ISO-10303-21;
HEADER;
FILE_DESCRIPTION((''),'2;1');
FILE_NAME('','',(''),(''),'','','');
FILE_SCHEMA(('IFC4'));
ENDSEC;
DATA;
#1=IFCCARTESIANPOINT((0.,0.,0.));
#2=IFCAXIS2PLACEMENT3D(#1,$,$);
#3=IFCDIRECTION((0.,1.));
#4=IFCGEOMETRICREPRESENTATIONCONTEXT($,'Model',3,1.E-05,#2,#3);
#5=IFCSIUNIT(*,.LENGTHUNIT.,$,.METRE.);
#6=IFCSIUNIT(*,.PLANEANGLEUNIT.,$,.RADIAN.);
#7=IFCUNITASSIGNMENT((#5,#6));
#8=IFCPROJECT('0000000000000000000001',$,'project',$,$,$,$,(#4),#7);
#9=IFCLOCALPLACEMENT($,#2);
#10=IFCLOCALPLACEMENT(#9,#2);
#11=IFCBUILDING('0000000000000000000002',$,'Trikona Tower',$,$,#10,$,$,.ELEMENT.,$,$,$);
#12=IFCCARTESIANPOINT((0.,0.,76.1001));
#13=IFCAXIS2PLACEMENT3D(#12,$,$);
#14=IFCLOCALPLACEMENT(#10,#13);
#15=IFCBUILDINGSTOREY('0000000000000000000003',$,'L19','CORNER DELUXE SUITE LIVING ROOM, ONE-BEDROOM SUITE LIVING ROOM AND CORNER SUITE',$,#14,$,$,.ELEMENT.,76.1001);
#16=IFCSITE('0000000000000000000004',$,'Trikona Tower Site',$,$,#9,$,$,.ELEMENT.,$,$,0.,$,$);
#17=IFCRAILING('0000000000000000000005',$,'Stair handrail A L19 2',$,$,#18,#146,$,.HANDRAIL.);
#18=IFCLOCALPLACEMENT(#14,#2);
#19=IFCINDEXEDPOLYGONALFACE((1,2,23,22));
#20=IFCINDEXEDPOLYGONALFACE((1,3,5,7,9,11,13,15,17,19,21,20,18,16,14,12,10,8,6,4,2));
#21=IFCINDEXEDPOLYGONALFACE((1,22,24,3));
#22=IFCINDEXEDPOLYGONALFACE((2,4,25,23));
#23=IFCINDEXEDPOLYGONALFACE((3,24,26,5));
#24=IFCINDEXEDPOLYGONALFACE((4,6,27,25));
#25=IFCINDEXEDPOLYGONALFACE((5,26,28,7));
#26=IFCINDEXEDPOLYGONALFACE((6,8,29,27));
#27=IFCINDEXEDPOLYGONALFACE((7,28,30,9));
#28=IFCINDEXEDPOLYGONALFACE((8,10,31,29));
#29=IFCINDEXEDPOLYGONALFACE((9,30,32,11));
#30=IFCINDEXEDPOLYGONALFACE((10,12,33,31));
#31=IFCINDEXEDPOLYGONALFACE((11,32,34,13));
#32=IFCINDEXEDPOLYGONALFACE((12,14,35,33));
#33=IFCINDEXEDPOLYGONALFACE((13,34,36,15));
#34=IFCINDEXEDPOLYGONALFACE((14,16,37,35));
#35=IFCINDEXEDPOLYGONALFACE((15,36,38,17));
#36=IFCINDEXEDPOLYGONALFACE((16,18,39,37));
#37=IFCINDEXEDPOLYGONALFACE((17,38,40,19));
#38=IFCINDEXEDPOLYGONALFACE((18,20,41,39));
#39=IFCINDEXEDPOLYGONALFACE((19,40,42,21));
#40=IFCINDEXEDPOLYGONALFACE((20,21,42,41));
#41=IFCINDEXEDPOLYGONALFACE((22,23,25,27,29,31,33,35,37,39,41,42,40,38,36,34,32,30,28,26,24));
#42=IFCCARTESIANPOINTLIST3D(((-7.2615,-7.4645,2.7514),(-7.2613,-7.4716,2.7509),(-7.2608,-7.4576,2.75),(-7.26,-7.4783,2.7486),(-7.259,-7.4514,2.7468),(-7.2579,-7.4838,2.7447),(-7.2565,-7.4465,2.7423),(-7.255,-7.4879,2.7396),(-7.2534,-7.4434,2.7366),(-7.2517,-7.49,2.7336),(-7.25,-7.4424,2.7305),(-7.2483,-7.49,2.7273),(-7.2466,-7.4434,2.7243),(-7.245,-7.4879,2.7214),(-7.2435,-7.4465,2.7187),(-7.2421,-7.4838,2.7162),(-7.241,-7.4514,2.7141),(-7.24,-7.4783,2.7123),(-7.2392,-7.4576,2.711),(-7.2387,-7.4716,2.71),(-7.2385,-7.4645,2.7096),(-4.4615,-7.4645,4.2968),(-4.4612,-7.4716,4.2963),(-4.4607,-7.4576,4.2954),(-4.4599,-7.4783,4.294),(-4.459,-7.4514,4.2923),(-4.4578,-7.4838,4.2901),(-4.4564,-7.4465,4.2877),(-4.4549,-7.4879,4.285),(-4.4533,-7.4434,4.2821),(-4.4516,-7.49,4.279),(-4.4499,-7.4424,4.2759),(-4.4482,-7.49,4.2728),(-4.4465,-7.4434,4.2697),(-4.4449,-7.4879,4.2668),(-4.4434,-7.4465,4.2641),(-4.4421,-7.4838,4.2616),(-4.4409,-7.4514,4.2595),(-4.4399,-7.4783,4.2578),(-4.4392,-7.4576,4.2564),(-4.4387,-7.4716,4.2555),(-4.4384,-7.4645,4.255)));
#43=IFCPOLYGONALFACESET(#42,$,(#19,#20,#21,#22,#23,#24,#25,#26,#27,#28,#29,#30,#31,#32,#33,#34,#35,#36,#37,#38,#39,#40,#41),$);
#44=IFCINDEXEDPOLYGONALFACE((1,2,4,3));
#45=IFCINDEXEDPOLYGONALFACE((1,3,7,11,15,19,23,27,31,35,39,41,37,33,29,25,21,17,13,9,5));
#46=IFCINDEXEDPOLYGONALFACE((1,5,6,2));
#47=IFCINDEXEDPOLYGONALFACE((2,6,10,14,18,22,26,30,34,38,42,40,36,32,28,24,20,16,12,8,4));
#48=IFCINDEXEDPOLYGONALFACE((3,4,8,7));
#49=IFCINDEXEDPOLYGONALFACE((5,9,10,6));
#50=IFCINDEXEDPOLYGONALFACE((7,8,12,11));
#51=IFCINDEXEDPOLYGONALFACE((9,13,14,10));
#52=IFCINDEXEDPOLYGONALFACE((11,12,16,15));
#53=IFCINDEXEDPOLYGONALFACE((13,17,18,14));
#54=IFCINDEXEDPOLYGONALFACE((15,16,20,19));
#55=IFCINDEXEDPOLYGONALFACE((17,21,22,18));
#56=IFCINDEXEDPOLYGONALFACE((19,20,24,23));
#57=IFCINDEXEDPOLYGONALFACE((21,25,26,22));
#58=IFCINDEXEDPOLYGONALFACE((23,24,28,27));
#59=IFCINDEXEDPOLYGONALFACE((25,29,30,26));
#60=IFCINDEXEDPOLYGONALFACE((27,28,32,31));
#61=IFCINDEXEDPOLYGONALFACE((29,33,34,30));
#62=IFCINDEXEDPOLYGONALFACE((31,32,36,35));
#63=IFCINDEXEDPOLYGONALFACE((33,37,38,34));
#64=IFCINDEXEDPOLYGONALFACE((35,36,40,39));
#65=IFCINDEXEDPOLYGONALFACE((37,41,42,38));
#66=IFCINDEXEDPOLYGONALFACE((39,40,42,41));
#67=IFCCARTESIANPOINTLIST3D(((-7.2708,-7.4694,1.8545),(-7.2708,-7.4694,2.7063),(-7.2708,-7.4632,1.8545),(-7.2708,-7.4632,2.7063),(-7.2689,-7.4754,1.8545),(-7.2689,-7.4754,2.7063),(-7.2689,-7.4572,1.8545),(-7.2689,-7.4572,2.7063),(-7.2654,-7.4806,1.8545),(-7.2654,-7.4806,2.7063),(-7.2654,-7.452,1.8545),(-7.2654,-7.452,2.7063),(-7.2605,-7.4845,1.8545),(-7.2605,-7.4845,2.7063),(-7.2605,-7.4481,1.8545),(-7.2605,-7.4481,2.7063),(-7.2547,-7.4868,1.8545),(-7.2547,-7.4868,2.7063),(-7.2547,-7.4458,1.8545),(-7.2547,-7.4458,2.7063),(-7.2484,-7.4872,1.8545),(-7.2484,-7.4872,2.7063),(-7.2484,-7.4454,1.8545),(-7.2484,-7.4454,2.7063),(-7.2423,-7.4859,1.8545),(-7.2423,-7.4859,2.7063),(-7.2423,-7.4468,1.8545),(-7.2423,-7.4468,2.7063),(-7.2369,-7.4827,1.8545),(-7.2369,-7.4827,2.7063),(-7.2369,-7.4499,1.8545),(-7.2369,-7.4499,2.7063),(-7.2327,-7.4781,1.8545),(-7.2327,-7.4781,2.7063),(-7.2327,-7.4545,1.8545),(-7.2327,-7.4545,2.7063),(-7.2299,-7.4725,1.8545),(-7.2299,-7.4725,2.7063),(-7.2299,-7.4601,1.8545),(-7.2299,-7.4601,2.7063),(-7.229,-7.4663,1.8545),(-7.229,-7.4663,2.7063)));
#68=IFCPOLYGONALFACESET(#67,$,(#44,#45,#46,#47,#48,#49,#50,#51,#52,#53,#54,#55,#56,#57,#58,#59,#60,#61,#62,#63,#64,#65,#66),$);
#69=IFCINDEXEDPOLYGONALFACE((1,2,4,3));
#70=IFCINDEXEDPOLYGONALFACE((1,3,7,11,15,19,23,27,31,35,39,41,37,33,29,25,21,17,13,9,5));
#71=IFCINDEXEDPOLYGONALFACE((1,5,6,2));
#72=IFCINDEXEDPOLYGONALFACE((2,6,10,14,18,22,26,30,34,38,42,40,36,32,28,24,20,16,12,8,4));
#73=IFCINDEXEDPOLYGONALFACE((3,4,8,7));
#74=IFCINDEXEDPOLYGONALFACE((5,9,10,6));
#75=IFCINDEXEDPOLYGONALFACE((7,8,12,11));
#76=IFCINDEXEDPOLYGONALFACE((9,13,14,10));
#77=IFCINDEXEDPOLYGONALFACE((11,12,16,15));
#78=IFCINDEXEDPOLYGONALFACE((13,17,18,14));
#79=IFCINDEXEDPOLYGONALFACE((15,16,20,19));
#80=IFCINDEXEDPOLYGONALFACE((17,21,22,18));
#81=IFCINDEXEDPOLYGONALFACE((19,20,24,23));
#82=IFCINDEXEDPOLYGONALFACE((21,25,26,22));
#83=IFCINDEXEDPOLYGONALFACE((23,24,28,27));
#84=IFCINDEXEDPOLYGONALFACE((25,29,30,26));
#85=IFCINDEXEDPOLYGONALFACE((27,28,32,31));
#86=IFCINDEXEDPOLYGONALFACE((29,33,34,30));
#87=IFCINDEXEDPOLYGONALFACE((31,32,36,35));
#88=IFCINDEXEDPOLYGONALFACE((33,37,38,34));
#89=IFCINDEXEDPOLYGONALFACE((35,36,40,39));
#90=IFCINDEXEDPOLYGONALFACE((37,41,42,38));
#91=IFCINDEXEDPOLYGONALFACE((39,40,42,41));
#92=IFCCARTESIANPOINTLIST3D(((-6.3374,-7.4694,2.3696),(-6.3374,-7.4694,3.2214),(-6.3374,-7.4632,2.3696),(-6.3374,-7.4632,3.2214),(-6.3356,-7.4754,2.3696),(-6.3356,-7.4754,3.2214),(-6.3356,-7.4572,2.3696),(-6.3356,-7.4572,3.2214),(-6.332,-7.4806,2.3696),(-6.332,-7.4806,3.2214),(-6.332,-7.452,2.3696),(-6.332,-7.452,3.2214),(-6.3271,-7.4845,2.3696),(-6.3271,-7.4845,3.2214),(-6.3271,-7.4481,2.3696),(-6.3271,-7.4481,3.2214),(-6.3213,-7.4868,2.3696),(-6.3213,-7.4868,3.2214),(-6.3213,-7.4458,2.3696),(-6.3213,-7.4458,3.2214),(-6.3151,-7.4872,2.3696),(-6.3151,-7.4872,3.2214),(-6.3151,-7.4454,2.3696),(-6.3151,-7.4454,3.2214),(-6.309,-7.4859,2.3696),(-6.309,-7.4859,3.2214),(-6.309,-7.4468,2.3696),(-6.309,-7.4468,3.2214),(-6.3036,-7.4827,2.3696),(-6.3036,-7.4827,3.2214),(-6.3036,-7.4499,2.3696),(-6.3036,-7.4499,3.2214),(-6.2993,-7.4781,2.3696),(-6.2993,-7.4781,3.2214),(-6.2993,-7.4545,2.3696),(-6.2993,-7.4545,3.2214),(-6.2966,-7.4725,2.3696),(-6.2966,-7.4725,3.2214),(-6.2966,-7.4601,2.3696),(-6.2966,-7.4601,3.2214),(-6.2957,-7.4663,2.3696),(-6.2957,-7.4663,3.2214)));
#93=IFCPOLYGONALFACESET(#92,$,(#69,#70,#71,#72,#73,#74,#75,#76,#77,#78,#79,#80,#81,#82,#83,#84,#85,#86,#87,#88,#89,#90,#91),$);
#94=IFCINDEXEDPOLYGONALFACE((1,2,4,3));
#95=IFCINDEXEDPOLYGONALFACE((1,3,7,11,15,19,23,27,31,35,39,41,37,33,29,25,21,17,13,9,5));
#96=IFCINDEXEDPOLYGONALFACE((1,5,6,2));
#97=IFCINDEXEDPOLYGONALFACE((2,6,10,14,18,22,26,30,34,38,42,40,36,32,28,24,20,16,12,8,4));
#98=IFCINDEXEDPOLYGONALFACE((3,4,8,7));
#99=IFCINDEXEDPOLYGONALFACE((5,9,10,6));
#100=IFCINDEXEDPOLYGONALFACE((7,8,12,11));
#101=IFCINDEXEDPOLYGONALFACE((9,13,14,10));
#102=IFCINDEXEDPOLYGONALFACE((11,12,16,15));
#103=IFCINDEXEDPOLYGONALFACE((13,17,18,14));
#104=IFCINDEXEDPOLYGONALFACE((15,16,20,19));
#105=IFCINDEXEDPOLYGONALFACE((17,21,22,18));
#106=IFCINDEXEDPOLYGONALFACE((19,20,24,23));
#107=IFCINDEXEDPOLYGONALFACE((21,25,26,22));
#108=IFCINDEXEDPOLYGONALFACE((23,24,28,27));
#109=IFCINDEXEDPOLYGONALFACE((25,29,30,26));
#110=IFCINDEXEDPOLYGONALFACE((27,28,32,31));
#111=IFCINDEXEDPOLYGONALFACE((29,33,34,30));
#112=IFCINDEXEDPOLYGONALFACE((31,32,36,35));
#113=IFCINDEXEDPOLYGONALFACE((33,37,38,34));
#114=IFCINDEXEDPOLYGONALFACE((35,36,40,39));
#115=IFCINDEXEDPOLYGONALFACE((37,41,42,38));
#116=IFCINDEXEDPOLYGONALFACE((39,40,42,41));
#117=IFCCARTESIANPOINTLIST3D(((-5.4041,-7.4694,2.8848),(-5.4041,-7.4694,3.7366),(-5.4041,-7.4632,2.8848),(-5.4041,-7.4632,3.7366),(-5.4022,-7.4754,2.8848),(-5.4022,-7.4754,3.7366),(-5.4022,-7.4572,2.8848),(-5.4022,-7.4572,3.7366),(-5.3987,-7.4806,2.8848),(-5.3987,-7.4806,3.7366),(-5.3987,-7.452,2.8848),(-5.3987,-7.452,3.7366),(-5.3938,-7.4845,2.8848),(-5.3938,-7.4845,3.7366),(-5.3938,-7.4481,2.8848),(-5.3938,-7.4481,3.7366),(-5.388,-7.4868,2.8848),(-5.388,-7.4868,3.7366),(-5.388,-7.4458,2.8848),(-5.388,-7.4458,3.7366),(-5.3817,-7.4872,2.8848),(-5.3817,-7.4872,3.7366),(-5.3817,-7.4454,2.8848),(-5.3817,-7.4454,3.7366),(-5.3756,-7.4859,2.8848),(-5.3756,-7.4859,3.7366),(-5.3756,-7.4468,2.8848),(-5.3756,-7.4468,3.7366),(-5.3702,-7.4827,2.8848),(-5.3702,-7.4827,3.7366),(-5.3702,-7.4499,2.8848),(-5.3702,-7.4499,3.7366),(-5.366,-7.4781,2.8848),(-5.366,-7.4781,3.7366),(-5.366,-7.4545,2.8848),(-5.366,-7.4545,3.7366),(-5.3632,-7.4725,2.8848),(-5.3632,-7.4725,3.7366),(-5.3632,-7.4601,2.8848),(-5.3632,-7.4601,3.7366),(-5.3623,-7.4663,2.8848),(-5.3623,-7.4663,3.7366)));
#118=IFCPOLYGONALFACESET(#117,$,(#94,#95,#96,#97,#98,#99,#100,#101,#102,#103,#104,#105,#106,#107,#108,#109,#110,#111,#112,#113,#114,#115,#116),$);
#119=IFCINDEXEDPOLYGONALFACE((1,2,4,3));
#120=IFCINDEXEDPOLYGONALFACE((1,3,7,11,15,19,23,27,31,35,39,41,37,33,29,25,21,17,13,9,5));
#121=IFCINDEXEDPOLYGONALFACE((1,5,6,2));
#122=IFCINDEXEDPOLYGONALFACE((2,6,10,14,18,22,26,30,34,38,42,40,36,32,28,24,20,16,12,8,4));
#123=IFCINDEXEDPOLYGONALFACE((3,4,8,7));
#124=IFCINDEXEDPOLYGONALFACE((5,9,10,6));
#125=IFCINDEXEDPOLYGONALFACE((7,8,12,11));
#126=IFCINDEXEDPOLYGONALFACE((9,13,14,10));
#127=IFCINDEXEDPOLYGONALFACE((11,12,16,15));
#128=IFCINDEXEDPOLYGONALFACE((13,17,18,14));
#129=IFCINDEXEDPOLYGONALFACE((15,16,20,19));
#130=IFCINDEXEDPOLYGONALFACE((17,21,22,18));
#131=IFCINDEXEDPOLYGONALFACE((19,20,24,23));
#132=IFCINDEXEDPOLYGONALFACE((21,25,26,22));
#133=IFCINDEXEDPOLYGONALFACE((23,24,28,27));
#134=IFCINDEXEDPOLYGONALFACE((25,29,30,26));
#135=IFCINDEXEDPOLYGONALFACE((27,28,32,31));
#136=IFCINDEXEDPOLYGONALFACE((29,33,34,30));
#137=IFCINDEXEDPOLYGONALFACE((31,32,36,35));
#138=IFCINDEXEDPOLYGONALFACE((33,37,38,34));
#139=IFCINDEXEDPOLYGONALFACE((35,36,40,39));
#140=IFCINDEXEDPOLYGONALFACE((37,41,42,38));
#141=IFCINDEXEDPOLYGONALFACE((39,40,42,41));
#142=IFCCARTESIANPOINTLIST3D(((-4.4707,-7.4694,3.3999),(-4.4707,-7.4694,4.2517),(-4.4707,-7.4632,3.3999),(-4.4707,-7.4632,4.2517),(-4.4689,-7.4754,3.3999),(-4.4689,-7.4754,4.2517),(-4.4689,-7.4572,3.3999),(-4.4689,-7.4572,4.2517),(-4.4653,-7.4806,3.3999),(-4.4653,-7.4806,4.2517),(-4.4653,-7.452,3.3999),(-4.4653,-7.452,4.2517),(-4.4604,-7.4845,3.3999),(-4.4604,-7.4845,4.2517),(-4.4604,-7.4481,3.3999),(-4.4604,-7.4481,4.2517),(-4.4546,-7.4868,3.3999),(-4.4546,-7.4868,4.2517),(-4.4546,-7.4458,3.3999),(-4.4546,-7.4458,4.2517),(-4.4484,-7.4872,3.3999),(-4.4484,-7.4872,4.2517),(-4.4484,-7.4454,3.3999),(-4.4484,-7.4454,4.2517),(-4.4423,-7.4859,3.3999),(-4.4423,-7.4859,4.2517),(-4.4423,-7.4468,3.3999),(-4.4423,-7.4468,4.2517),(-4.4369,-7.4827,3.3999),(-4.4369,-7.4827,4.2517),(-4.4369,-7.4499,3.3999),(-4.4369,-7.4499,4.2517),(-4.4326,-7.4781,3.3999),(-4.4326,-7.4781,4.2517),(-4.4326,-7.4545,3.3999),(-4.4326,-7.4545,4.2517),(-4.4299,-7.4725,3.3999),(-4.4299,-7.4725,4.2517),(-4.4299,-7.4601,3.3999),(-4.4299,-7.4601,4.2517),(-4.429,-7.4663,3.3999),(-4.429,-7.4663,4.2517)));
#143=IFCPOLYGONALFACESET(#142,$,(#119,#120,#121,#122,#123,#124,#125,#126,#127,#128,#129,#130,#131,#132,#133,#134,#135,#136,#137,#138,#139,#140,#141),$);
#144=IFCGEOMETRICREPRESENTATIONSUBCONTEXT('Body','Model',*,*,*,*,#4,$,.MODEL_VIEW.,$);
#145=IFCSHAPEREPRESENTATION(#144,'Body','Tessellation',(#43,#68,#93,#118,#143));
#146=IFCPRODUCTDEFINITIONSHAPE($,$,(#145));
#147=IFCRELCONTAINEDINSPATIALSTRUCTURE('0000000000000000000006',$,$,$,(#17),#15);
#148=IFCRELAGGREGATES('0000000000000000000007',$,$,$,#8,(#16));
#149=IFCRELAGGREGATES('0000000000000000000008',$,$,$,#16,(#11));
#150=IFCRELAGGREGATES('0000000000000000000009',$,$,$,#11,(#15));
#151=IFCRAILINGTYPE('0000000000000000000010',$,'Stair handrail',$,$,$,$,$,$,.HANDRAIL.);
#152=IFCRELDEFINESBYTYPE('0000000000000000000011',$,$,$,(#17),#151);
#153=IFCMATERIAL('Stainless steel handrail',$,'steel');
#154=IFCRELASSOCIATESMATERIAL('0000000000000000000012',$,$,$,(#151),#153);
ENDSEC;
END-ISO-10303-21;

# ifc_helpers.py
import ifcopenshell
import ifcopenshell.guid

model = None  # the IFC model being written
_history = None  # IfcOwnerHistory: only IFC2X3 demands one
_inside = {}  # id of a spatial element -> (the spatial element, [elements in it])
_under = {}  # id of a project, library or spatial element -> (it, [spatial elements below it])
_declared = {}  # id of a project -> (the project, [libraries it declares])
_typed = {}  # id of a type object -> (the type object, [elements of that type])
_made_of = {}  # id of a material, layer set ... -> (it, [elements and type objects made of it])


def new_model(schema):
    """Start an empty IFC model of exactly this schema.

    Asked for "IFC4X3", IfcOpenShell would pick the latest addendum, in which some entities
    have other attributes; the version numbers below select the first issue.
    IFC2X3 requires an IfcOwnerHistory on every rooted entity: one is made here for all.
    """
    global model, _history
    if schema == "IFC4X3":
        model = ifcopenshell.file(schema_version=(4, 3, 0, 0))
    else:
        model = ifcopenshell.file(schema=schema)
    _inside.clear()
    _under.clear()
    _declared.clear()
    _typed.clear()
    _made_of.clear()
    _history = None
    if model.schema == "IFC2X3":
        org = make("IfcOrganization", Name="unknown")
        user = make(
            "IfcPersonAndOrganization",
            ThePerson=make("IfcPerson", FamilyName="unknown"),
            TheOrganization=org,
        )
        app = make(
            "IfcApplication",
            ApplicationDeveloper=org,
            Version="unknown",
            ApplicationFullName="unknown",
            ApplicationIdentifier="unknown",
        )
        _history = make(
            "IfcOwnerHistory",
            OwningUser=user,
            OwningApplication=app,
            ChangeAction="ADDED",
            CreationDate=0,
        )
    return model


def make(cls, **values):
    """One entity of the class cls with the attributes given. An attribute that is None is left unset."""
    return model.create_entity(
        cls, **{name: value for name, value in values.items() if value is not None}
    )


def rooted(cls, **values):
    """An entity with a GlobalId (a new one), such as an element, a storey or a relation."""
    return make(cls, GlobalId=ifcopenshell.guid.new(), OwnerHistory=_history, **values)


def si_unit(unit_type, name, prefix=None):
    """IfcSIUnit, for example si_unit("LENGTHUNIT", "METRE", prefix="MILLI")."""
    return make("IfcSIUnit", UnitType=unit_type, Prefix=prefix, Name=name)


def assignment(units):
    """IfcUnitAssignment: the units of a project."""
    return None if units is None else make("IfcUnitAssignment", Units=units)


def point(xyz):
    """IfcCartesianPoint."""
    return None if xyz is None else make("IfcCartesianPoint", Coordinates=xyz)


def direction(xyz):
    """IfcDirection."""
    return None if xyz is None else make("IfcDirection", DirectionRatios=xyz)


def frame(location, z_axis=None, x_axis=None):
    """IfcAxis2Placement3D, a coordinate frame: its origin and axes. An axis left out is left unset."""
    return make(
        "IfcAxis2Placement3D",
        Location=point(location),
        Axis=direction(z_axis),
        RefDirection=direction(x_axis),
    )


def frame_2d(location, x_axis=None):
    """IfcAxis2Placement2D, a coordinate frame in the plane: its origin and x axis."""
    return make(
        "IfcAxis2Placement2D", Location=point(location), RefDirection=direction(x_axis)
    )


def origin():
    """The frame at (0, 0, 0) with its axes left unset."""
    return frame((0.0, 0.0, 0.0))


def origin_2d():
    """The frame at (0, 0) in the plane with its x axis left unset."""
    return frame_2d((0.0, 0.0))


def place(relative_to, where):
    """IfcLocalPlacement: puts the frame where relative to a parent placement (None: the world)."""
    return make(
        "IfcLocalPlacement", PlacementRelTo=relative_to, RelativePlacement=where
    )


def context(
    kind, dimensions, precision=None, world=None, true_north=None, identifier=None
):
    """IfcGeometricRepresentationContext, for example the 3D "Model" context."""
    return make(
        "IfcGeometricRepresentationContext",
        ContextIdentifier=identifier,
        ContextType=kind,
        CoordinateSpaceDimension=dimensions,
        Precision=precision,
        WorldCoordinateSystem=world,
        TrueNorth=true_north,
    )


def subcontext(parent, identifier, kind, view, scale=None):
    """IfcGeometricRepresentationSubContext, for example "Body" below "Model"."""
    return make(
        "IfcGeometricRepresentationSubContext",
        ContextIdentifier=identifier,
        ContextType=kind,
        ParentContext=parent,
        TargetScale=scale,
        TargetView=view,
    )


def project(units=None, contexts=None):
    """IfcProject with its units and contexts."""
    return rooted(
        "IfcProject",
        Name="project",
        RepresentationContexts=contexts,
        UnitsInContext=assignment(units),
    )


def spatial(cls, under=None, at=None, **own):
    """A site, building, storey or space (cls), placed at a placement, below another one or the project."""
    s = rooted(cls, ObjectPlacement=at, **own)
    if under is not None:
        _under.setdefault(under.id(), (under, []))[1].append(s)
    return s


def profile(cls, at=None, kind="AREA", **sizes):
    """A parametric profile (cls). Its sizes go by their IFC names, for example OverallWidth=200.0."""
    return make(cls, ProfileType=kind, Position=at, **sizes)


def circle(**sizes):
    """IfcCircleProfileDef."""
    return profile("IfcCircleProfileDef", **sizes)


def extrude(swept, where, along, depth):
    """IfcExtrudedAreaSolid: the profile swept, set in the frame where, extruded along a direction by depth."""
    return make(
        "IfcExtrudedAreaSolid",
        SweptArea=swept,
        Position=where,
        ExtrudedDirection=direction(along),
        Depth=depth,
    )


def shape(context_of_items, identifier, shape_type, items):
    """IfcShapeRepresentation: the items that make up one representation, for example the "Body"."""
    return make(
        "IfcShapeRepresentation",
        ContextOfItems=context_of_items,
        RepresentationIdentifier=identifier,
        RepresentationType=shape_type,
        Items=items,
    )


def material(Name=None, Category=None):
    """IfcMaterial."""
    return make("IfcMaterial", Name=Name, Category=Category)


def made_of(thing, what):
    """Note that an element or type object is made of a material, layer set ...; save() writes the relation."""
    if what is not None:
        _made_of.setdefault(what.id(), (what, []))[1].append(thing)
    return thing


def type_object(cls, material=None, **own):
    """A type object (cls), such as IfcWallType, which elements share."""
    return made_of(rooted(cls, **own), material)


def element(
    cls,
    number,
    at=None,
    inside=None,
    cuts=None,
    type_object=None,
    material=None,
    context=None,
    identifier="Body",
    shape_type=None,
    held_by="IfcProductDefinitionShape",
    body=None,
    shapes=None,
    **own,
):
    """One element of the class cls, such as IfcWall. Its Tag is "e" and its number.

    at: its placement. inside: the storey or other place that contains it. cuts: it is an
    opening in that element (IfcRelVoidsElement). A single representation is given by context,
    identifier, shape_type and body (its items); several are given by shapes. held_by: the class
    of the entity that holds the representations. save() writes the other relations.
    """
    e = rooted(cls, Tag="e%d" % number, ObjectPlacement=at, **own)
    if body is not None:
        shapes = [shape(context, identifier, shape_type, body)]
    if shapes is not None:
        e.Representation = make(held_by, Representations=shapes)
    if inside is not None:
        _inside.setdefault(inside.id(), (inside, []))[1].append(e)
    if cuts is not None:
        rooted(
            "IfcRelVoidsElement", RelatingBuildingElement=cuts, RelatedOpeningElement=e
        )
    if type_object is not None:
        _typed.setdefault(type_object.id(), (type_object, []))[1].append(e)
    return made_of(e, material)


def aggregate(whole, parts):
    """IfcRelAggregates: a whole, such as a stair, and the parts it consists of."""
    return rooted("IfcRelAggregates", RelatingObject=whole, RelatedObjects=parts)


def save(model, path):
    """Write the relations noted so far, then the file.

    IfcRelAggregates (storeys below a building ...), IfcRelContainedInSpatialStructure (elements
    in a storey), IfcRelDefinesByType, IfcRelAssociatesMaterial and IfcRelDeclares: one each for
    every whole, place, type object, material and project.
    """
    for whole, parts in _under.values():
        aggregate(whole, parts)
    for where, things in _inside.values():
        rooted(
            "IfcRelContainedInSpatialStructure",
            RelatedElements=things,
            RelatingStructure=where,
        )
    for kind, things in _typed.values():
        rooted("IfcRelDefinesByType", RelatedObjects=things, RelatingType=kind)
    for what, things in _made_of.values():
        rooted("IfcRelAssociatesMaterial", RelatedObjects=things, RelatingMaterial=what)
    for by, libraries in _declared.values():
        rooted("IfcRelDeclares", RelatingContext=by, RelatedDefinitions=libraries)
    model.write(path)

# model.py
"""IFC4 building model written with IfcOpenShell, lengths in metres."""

from ifc_helpers import new_model, si_unit, direction, frame, origin, origin_2d, place, context, subcontext, project, spatial, circle, extrude, material, type_object, element, save


model = new_model("IFC4")

# Units and contexts
model_context = context("Model", 3, precision=1e-05, world=origin(), true_north=direction((0.0, 1.0)))
body_context = subcontext(model_context, "Body", "Model", "MODEL_VIEW")
ifc_project = project(units=[si_unit("LENGTHUNIT", "METRE"), si_unit("PLANEANGLEUNIT", "RADIAN")], contexts=[model_context])

# Site, building, storey
site_placement = place(None, origin())
site = spatial("IfcSite", under=ifc_project, at=site_placement, Name="Trikona Tower Site", CompositionType="ELEMENT", RefElevation=0.0)
building_placement = place(site_placement, origin())
building = spatial("IfcBuilding", under=site, at=building_placement, Name="Trikona Tower", CompositionType="ELEMENT")
storey_placement = place(building_placement, frame((0.0, 0.0, 76.1001)))
storey = spatial("IfcBuildingStorey", under=building, at=storey_placement, Name="L19", Description="CORNER DELUXE SUITE LIVING ROOM, ONE-BEDROOM SUITE LIVING ROOM AND CORNER SUITE", CompositionType="ELEMENT", Elevation=76.1001)

# Railing
ifc_material_1 = material(Name="Stainless steel handrail", Category="steel")
railing_type = type_object("IfcRailingType", Name="Stair handrail", PredefinedType="HANDRAIL", material=ifc_material_1)
railing_placement = place(storey_placement, frame((-7.25, -7.4663, 1.8545)))
element("IfcRailing", 1, at=railing_placement, inside=storey, type_object=railing_type, Name="Stair handrail A L19 2", PredefinedType="HANDRAIL", context=body_context, shape_type="SweptSolid", body=[
    extrude(circle(Radius=0.0239, at=origin_2d()), frame((0.0, 0.0, 0.876), z_axis=(0.875504, 0.0, 0.483211), x_axis=(0.0, 1.0, 0.0)), (0.0, 0.0, 1.0), 3.1982),
    extrude(circle(Radius=0.021, at=origin_2d()), origin(), (0.0, 0.0, 1.0), 0.8518),
    extrude(circle(Radius=0.021, at=origin_2d()), frame((0.9333, 0.0, 0.5151)), (0.0, 0.0, 1.0), 0.8518),
    extrude(circle(Radius=0.021, at=origin_2d()), frame((1.8667, 0.0, 1.0303)), (0.0, 0.0, 1.0), 0.8518),
    extrude(circle(Radius=0.021, at=origin_2d()), frame((2.8, 0.0, 1.5454)), (0.0, 0.0, 1.0), 0.8518),
])

save(model, "model.ifc")
